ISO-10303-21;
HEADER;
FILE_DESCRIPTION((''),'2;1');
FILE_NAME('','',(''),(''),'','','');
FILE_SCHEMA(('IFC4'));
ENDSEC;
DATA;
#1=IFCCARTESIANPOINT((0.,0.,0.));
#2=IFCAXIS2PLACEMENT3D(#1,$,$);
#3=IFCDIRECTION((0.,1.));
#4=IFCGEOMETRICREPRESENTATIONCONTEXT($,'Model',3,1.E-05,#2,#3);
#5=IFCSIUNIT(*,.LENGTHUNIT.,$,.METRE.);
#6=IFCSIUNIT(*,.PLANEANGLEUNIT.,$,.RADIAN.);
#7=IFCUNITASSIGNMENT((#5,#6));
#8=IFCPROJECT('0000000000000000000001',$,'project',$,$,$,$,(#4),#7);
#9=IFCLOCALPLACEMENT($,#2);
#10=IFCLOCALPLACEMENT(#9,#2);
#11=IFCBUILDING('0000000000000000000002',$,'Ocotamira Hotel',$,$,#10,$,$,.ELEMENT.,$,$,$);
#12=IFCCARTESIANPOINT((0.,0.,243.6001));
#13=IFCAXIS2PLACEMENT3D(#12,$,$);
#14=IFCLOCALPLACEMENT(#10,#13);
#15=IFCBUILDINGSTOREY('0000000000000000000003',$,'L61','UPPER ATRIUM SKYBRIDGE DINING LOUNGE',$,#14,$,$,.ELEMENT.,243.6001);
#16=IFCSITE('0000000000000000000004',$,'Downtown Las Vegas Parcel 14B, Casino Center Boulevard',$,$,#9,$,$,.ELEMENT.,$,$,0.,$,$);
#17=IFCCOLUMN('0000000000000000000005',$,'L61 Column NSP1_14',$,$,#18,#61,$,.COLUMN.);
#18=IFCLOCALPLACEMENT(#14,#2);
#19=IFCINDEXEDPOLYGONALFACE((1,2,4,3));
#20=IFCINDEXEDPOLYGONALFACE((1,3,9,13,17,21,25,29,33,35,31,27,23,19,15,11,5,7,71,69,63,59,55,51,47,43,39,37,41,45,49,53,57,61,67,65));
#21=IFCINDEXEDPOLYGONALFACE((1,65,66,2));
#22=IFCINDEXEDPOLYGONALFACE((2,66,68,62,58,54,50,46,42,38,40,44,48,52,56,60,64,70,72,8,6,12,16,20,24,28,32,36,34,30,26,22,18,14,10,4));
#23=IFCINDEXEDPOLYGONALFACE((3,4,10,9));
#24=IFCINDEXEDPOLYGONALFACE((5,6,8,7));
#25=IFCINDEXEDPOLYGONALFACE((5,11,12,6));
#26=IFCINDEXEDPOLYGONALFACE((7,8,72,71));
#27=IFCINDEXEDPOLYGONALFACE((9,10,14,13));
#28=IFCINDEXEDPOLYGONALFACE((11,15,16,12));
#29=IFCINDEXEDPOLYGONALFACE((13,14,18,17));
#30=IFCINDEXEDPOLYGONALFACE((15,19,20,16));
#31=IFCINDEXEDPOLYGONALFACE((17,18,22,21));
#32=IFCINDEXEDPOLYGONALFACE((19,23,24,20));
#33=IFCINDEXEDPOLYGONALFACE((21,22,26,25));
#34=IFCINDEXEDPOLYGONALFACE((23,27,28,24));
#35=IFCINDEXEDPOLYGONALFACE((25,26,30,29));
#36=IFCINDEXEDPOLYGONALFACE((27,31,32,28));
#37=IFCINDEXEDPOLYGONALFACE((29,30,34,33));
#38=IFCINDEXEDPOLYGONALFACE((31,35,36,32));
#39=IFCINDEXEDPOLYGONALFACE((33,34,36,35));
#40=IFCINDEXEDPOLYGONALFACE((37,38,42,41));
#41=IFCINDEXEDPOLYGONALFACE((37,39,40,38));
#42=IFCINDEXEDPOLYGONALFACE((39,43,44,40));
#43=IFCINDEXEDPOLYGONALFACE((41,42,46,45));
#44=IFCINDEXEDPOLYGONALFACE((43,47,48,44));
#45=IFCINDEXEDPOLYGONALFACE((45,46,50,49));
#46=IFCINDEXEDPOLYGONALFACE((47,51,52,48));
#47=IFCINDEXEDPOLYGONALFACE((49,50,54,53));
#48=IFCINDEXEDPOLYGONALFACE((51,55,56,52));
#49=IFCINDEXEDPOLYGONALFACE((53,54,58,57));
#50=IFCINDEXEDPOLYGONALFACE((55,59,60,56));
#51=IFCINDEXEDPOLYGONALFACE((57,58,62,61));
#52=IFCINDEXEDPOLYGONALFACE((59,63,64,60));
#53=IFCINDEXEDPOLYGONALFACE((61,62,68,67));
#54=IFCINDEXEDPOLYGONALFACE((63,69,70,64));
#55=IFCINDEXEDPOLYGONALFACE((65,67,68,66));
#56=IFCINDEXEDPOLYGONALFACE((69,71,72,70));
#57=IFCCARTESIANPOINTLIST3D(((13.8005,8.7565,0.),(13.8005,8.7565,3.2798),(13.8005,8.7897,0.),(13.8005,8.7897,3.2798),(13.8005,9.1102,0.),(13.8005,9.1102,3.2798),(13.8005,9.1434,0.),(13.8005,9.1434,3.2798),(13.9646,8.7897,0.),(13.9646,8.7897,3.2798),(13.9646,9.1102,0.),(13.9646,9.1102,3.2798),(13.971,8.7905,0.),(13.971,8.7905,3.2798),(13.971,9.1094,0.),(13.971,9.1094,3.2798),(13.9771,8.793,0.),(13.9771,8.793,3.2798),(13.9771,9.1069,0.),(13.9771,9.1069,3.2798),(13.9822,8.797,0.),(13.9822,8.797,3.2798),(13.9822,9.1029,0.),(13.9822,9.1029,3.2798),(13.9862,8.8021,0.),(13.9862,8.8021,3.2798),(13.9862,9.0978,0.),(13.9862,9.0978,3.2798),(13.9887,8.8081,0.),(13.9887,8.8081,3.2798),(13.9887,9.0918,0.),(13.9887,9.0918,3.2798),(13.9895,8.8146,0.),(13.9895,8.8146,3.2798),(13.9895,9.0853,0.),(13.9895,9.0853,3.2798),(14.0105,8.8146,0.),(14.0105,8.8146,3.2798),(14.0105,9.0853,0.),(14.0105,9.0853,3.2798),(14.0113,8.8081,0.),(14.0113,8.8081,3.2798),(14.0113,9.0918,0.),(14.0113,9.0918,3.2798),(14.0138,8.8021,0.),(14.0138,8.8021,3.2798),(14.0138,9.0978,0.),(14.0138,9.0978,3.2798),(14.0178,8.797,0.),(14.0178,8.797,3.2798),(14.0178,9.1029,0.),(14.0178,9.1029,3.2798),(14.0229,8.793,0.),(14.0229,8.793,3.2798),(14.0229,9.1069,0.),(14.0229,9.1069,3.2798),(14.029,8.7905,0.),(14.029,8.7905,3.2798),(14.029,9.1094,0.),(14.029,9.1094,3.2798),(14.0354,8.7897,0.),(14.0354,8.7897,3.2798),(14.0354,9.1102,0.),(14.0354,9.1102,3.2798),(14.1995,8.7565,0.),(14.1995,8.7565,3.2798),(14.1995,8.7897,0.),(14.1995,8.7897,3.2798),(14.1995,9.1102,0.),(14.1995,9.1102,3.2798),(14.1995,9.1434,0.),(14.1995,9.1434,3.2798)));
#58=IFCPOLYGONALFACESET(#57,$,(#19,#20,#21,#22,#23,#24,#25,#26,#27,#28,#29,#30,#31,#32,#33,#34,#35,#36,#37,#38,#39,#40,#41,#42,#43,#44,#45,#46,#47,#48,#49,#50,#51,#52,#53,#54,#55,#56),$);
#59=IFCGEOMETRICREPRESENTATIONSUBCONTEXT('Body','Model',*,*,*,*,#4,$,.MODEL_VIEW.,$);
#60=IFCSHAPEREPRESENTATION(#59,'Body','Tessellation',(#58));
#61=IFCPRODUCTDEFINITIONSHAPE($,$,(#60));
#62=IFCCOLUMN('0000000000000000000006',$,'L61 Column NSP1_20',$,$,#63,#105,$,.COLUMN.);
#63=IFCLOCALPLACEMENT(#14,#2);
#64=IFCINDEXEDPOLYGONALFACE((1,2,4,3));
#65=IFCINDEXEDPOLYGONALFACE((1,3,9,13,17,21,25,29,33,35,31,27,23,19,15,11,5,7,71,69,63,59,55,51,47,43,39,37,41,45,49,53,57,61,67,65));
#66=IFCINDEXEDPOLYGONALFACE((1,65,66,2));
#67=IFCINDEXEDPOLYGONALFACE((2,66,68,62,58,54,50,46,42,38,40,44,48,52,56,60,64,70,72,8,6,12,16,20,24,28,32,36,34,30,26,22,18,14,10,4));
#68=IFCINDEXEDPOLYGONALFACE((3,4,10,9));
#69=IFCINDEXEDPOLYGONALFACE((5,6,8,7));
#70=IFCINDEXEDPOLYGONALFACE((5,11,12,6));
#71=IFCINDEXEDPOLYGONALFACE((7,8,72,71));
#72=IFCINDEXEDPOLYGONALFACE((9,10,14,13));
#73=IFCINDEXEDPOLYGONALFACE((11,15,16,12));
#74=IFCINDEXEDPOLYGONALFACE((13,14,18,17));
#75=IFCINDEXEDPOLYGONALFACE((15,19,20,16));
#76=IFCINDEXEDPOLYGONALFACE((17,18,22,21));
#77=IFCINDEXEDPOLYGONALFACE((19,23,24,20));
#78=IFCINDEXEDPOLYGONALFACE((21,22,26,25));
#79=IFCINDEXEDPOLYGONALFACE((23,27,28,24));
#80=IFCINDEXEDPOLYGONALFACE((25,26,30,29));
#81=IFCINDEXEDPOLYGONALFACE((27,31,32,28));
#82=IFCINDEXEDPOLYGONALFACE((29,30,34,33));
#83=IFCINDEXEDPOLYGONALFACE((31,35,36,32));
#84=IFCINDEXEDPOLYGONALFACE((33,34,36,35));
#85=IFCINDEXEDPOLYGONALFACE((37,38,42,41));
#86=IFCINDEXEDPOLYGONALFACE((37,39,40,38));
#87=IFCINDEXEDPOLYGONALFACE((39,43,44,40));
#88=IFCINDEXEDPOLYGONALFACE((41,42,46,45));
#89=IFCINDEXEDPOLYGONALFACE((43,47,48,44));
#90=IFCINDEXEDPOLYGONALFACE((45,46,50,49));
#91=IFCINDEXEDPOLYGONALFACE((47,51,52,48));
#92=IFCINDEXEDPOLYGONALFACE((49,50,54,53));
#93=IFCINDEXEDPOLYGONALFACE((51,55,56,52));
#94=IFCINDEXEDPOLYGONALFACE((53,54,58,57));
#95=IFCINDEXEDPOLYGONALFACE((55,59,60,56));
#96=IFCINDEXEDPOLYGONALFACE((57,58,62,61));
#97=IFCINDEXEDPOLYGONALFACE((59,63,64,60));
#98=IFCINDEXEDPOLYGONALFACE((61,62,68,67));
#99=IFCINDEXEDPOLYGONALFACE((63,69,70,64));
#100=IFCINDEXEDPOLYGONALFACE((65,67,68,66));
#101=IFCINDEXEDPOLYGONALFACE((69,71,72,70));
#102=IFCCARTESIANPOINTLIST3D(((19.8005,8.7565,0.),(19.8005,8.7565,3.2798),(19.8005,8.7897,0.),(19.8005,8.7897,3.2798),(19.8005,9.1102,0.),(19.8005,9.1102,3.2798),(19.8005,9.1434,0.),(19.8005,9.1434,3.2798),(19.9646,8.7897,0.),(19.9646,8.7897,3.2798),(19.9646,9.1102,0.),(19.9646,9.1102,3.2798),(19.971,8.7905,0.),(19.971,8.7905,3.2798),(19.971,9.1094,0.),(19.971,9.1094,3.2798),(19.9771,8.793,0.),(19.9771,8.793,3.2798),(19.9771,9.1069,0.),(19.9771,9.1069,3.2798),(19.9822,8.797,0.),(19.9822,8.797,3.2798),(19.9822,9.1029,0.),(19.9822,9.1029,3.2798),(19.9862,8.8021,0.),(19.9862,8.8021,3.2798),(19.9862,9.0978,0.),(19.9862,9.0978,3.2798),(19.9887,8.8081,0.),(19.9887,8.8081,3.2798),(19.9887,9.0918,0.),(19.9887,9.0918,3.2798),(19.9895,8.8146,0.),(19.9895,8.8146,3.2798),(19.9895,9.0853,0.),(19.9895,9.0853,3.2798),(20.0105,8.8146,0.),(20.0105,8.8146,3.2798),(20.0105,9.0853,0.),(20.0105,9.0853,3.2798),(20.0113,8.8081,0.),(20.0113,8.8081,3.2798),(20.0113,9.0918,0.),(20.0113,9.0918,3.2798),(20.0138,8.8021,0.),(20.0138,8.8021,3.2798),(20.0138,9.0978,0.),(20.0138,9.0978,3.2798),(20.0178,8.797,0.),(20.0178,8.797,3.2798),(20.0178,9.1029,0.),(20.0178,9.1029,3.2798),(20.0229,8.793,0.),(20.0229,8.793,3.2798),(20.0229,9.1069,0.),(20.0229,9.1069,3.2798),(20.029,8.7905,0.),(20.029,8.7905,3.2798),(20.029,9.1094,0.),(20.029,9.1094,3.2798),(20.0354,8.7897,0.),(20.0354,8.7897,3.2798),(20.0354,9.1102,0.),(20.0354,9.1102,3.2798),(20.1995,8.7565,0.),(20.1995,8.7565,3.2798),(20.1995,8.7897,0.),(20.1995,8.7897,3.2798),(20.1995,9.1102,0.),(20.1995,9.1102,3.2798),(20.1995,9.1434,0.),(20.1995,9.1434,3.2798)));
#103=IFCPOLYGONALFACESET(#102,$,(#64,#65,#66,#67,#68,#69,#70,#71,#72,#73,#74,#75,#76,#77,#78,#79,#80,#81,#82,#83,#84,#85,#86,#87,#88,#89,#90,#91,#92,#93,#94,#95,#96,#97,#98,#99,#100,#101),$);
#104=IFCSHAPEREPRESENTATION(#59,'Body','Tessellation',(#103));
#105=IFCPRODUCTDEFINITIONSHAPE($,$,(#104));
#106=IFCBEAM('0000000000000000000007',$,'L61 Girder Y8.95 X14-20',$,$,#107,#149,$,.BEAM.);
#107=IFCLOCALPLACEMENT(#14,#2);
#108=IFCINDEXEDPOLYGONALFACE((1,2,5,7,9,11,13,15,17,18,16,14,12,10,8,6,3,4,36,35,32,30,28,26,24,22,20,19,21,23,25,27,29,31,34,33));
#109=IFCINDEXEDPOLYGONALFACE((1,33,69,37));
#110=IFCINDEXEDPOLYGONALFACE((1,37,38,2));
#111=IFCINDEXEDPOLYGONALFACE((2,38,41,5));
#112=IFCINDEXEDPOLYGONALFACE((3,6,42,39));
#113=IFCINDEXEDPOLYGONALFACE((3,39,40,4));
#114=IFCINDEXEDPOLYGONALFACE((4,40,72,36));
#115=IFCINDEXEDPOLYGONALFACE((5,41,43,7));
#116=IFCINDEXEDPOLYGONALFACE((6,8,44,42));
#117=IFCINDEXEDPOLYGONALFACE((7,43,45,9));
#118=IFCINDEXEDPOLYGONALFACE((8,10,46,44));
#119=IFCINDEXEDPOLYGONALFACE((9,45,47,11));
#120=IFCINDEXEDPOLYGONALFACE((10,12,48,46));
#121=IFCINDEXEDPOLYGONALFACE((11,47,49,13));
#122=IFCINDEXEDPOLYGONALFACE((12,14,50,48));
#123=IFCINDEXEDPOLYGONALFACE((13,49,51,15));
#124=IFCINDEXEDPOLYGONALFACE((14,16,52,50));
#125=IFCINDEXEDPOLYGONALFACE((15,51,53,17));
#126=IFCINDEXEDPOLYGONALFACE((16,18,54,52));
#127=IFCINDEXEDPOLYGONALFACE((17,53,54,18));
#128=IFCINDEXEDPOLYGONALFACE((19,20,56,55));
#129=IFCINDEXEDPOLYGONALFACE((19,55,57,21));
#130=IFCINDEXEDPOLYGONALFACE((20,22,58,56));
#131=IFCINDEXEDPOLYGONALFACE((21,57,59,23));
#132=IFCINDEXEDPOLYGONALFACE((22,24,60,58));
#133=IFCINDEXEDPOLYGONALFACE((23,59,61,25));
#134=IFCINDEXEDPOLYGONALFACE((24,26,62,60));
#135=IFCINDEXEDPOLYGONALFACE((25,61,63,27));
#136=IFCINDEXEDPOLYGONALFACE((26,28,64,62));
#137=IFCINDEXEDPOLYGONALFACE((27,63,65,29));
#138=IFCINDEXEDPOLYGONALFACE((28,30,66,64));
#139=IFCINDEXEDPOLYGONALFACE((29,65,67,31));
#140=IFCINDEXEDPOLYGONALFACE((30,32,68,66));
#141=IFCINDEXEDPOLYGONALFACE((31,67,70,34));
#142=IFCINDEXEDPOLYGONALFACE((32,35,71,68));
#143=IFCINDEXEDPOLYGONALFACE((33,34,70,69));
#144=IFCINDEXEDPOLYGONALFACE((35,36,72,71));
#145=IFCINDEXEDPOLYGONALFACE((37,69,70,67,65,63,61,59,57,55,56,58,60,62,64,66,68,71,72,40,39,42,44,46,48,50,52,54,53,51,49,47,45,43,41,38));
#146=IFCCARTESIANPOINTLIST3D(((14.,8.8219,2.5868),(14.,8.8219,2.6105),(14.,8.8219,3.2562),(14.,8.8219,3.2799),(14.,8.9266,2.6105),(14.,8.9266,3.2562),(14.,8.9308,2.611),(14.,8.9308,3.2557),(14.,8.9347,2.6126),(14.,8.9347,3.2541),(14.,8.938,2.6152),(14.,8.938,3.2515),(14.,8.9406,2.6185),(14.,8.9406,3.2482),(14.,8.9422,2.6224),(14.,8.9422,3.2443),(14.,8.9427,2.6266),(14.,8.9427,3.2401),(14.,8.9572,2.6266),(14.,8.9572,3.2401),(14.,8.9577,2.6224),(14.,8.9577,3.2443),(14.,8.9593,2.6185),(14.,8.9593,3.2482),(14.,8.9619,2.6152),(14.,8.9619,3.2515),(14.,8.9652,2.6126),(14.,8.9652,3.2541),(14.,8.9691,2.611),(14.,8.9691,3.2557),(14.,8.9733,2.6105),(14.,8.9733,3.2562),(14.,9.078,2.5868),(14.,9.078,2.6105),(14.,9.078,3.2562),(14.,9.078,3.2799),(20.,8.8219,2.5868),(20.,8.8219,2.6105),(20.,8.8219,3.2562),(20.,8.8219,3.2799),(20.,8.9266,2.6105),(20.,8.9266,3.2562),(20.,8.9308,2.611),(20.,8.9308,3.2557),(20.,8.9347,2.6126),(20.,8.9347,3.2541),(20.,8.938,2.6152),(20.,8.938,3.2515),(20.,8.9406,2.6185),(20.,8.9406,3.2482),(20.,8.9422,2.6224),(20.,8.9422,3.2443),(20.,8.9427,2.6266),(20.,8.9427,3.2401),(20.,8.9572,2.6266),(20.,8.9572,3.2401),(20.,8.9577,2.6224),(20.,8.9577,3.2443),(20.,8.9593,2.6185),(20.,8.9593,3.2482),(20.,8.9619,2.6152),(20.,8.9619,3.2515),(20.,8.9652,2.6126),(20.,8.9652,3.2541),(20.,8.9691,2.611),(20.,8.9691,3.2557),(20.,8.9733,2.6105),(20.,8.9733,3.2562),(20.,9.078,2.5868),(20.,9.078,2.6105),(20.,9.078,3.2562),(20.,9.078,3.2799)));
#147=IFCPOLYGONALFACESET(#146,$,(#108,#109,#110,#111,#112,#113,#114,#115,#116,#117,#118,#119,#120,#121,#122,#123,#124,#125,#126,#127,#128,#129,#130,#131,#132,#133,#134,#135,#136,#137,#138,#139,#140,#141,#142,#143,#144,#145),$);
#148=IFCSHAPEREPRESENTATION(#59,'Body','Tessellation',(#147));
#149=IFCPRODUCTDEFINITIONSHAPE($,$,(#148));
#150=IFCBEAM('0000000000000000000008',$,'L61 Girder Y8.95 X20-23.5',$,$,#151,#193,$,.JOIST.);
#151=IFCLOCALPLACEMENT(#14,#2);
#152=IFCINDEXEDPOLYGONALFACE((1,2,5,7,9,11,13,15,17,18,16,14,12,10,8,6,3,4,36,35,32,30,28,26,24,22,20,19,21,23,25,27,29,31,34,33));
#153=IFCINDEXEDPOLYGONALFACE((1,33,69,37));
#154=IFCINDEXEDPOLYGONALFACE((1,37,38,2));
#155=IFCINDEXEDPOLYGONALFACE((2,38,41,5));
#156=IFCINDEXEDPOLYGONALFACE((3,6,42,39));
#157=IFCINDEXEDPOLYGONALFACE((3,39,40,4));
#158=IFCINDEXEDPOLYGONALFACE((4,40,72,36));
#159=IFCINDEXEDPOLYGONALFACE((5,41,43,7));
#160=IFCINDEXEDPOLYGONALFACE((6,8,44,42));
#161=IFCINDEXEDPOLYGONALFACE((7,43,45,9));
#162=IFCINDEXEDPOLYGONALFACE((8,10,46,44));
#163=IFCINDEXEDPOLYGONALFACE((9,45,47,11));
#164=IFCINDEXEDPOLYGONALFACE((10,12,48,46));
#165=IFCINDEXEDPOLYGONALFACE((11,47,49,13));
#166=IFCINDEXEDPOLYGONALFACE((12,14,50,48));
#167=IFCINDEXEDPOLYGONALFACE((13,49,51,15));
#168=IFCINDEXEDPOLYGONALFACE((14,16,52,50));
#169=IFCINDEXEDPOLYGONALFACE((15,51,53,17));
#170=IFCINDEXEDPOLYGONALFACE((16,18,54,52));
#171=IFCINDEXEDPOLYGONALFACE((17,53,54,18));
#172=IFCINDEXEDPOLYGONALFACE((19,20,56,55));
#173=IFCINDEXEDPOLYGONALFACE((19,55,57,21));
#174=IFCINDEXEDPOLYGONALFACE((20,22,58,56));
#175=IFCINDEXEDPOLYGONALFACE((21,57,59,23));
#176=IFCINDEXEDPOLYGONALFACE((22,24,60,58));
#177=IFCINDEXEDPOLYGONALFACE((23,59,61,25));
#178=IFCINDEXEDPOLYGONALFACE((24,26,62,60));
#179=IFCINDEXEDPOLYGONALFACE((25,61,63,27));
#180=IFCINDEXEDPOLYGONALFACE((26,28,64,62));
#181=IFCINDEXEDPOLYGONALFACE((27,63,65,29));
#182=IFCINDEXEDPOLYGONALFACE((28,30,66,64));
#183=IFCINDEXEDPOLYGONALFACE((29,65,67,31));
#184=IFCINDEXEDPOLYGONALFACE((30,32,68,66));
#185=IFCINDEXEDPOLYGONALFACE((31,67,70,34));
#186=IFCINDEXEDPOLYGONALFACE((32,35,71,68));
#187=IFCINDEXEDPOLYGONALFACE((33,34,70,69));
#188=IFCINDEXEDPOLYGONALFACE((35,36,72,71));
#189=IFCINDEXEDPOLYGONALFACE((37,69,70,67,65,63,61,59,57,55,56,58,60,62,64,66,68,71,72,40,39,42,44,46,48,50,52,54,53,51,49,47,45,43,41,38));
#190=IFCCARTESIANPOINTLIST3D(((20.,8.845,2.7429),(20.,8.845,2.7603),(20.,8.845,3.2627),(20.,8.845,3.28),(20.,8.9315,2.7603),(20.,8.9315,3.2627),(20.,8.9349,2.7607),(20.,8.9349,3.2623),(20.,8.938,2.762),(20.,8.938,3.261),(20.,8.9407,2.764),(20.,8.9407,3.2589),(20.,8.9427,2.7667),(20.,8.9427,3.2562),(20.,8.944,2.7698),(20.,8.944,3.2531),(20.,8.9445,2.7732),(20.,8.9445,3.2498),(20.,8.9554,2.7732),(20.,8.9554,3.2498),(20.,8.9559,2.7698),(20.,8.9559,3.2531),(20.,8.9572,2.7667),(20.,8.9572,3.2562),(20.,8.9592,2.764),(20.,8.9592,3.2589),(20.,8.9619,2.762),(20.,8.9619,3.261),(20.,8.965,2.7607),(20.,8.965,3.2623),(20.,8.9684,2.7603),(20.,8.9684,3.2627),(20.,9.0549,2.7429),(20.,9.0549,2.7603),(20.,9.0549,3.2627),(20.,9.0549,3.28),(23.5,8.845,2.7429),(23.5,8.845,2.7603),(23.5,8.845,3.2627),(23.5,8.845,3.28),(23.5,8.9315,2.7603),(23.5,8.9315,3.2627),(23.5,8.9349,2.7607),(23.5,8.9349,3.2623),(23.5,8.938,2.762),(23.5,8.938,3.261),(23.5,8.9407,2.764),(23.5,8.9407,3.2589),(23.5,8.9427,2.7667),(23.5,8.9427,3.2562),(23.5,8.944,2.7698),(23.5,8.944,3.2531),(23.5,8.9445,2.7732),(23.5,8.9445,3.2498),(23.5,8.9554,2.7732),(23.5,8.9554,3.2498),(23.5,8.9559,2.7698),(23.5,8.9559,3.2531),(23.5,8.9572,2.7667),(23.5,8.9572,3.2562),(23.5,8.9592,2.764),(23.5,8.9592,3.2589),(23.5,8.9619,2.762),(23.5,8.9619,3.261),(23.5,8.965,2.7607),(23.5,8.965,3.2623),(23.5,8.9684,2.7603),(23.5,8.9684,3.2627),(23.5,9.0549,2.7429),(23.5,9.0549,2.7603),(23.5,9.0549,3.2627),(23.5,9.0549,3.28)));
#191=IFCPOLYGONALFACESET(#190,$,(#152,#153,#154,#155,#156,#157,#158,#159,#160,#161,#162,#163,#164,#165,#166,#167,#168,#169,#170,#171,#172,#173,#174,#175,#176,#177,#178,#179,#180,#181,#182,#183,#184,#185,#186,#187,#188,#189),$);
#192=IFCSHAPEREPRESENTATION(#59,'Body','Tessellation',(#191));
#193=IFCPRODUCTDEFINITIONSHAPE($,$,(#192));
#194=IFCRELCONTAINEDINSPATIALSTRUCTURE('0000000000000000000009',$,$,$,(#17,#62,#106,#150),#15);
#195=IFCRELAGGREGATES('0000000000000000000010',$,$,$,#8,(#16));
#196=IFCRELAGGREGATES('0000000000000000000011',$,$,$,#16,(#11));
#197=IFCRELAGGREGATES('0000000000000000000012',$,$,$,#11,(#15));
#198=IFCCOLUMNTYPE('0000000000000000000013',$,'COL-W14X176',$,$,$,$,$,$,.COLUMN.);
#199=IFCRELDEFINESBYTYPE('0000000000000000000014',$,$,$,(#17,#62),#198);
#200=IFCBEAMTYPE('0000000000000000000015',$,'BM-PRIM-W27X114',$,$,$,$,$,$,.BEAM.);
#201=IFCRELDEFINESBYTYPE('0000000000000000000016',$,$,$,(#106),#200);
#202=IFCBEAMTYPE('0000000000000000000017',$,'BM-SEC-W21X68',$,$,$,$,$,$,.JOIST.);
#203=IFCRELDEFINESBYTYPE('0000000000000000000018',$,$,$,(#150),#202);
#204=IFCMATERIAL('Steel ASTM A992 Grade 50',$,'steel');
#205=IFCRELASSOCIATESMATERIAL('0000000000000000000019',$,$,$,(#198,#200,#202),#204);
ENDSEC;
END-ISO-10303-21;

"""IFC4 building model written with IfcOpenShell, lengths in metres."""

from ifc_helpers import new_model, si_unit, direction, frame, origin, origin_2d, place, context, subcontext, project, spatial, i_section, extrude, source, transform, mapped, material, material_profile, profile_set, type_object, element, save


model = new_model("IFC4")

# Units and contexts
model_context = context("Model", 3, precision=1e-05, world=origin(), true_north=direction((0.0, 1.0)))
body_context = subcontext(model_context, "Body", "Model", "MODEL_VIEW")
ifc_project = project(units=[si_unit("LENGTHUNIT", "METRE"), si_unit("PLANEANGLEUNIT", "RADIAN")], contexts=[model_context])

# Site, building, storey
site_placement = place(None, origin())
site = spatial("IfcSite", under=ifc_project, at=site_placement, Name="Downtown Las Vegas Parcel 14B, Casino Center Boulevard", CompositionType="ELEMENT", RefElevation=0.0)
building_placement = place(site_placement, origin())
building = spatial("IfcBuilding", under=site, at=building_placement, Name="Ocotamira Hotel", CompositionType="ELEMENT")
storey_placement = place(building_placement, frame((0.0, 0.0, 243.6001)))
storey = spatial("IfcBuildingStorey", under=building, at=storey_placement, Name="L61", Description="UPPER ATRIUM SKYBRIDGE DINING LOUNGE", CompositionType="ELEMENT", Elevation=243.6001)

# Columns
ifc_material_1 = material(Name="Steel ASTM A992 Grade 50", Category="steel")
ifc_material_profile_1 = material_profile(ifc_material_1, i_section(OverallWidth=0.3989, OverallDepth=0.387, WebThickness=0.021, FlangeThickness=0.0332, FilletRadius=0.0249, at=origin_2d()), Name="W14X176")
ifc_profile_set_1 = profile_set([ifc_material_profile_1], Name="Steel ASTM A992 Grade 50")
column_type = type_object("IfcColumnType", Name="COL-W14X176", PredefinedType="COLUMN", material=ifc_profile_set_1)
shared_shape_1 = source(origin(), body_context, "Body", "SweptSolid", [
    extrude(i_section(OverallWidth=0.3989, OverallDepth=0.387, WebThickness=0.021, FlangeThickness=0.0332, FilletRadius=0.0249, at=origin_2d()), origin(), (0.0, 0.0, 1.0), 3.2798),
])
for number, where, z_axis, x_axis, name in (
    (1, (14.0, 8.95, 0.0), (0.0, 0.0, 1.0), (1.0, 0.0, 0.0), "L61 Column NSP1_14"),
    (2, (20.0, 8.95, 0.0), (0.0, 0.0, 1.0), (1.0, 0.0, 0.0), "L61 Column NSP1_20"),
):
    element("IfcColumn", number, at=place(storey_placement, frame(where, z_axis=z_axis, x_axis=x_axis)), inside=storey, type_object=column_type, Name=name, PredefinedType="COLUMN", context=body_context, shape_type="MappedRepresentation", body=[
        mapped(shared_shape_1, transform((0.0, 0.0, 0.0), scale=1.0)),
    ])

# Beams
ifc_material_profile_2 = material_profile(ifc_material_1, i_section(OverallWidth=0.2561, OverallDepth=0.6931, WebThickness=0.0144, FlangeThickness=0.0237, FilletRadius=0.0161, at=origin_2d()), Name="W27X114")
ifc_profile_set_2 = profile_set([ifc_material_profile_2], Name="Steel ASTM A992 Grade 50")
beam_type_1 = type_object("IfcBeamType", Name="BM-PRIM-W27X114", PredefinedType="BEAM", material=ifc_profile_set_2)
shared_shape_2 = source(origin(), body_context, "Body", "SweptSolid", [
    extrude(i_section(OverallWidth=0.2561, OverallDepth=0.6931, WebThickness=0.0144, FlangeThickness=0.0237, FilletRadius=0.0161, at=origin_2d()), origin(), (0.0, 0.0, 1.0), 6.0),
])
beam_1_placement = place(storey_placement, frame((14.0, 8.95, 2.9333), z_axis=(1.0, 0.0, 0.0), x_axis=(0.0, 1.0, 0.0)))
element("IfcBeam", 3, at=beam_1_placement, inside=storey, type_object=beam_type_1, Name="L61 Girder Y8.95 X14-20", PredefinedType="BEAM", context=body_context, shape_type="MappedRepresentation", body=[
    mapped(shared_shape_2, transform((0.0, 0.0, 0.0), scale=1.0)),
])
ifc_material_profile_3 = material_profile(ifc_material_1, i_section(OverallWidth=0.21, OverallDepth=0.5371, WebThickness=0.011, FlangeThickness=0.0173, FilletRadius=0.0129, at=origin_2d()), Name="W21X68")
ifc_profile_set_3 = profile_set([ifc_material_profile_3], Name="Steel ASTM A992 Grade 50")
beam_type_2 = type_object("IfcBeamType", Name="BM-SEC-W21X68", PredefinedType="JOIST", material=ifc_profile_set_3)
shared_shape_3 = source(origin(), body_context, "Body", "SweptSolid", [
    extrude(i_section(OverallWidth=0.21, OverallDepth=0.5371, WebThickness=0.011, FlangeThickness=0.0173, FilletRadius=0.0129, at=origin_2d()), origin(), (0.0, 0.0, 1.0), 3.5),
])
beam_2_placement = place(storey_placement, frame((20.0, 8.95, 3.0115), z_axis=(1.0, 0.0, 0.0), x_axis=(0.0, 1.0, 0.0)))
element("IfcBeam", 4, at=beam_2_placement, inside=storey, type_object=beam_type_2, Name="L61 Girder Y8.95 X20-23.5", PredefinedType="JOIST", context=body_context, shape_type="MappedRepresentation", body=[
    mapped(shared_shape_3, transform((0.0, 0.0, 0.0), scale=1.0)),
])

save(model, "model.ifc")
